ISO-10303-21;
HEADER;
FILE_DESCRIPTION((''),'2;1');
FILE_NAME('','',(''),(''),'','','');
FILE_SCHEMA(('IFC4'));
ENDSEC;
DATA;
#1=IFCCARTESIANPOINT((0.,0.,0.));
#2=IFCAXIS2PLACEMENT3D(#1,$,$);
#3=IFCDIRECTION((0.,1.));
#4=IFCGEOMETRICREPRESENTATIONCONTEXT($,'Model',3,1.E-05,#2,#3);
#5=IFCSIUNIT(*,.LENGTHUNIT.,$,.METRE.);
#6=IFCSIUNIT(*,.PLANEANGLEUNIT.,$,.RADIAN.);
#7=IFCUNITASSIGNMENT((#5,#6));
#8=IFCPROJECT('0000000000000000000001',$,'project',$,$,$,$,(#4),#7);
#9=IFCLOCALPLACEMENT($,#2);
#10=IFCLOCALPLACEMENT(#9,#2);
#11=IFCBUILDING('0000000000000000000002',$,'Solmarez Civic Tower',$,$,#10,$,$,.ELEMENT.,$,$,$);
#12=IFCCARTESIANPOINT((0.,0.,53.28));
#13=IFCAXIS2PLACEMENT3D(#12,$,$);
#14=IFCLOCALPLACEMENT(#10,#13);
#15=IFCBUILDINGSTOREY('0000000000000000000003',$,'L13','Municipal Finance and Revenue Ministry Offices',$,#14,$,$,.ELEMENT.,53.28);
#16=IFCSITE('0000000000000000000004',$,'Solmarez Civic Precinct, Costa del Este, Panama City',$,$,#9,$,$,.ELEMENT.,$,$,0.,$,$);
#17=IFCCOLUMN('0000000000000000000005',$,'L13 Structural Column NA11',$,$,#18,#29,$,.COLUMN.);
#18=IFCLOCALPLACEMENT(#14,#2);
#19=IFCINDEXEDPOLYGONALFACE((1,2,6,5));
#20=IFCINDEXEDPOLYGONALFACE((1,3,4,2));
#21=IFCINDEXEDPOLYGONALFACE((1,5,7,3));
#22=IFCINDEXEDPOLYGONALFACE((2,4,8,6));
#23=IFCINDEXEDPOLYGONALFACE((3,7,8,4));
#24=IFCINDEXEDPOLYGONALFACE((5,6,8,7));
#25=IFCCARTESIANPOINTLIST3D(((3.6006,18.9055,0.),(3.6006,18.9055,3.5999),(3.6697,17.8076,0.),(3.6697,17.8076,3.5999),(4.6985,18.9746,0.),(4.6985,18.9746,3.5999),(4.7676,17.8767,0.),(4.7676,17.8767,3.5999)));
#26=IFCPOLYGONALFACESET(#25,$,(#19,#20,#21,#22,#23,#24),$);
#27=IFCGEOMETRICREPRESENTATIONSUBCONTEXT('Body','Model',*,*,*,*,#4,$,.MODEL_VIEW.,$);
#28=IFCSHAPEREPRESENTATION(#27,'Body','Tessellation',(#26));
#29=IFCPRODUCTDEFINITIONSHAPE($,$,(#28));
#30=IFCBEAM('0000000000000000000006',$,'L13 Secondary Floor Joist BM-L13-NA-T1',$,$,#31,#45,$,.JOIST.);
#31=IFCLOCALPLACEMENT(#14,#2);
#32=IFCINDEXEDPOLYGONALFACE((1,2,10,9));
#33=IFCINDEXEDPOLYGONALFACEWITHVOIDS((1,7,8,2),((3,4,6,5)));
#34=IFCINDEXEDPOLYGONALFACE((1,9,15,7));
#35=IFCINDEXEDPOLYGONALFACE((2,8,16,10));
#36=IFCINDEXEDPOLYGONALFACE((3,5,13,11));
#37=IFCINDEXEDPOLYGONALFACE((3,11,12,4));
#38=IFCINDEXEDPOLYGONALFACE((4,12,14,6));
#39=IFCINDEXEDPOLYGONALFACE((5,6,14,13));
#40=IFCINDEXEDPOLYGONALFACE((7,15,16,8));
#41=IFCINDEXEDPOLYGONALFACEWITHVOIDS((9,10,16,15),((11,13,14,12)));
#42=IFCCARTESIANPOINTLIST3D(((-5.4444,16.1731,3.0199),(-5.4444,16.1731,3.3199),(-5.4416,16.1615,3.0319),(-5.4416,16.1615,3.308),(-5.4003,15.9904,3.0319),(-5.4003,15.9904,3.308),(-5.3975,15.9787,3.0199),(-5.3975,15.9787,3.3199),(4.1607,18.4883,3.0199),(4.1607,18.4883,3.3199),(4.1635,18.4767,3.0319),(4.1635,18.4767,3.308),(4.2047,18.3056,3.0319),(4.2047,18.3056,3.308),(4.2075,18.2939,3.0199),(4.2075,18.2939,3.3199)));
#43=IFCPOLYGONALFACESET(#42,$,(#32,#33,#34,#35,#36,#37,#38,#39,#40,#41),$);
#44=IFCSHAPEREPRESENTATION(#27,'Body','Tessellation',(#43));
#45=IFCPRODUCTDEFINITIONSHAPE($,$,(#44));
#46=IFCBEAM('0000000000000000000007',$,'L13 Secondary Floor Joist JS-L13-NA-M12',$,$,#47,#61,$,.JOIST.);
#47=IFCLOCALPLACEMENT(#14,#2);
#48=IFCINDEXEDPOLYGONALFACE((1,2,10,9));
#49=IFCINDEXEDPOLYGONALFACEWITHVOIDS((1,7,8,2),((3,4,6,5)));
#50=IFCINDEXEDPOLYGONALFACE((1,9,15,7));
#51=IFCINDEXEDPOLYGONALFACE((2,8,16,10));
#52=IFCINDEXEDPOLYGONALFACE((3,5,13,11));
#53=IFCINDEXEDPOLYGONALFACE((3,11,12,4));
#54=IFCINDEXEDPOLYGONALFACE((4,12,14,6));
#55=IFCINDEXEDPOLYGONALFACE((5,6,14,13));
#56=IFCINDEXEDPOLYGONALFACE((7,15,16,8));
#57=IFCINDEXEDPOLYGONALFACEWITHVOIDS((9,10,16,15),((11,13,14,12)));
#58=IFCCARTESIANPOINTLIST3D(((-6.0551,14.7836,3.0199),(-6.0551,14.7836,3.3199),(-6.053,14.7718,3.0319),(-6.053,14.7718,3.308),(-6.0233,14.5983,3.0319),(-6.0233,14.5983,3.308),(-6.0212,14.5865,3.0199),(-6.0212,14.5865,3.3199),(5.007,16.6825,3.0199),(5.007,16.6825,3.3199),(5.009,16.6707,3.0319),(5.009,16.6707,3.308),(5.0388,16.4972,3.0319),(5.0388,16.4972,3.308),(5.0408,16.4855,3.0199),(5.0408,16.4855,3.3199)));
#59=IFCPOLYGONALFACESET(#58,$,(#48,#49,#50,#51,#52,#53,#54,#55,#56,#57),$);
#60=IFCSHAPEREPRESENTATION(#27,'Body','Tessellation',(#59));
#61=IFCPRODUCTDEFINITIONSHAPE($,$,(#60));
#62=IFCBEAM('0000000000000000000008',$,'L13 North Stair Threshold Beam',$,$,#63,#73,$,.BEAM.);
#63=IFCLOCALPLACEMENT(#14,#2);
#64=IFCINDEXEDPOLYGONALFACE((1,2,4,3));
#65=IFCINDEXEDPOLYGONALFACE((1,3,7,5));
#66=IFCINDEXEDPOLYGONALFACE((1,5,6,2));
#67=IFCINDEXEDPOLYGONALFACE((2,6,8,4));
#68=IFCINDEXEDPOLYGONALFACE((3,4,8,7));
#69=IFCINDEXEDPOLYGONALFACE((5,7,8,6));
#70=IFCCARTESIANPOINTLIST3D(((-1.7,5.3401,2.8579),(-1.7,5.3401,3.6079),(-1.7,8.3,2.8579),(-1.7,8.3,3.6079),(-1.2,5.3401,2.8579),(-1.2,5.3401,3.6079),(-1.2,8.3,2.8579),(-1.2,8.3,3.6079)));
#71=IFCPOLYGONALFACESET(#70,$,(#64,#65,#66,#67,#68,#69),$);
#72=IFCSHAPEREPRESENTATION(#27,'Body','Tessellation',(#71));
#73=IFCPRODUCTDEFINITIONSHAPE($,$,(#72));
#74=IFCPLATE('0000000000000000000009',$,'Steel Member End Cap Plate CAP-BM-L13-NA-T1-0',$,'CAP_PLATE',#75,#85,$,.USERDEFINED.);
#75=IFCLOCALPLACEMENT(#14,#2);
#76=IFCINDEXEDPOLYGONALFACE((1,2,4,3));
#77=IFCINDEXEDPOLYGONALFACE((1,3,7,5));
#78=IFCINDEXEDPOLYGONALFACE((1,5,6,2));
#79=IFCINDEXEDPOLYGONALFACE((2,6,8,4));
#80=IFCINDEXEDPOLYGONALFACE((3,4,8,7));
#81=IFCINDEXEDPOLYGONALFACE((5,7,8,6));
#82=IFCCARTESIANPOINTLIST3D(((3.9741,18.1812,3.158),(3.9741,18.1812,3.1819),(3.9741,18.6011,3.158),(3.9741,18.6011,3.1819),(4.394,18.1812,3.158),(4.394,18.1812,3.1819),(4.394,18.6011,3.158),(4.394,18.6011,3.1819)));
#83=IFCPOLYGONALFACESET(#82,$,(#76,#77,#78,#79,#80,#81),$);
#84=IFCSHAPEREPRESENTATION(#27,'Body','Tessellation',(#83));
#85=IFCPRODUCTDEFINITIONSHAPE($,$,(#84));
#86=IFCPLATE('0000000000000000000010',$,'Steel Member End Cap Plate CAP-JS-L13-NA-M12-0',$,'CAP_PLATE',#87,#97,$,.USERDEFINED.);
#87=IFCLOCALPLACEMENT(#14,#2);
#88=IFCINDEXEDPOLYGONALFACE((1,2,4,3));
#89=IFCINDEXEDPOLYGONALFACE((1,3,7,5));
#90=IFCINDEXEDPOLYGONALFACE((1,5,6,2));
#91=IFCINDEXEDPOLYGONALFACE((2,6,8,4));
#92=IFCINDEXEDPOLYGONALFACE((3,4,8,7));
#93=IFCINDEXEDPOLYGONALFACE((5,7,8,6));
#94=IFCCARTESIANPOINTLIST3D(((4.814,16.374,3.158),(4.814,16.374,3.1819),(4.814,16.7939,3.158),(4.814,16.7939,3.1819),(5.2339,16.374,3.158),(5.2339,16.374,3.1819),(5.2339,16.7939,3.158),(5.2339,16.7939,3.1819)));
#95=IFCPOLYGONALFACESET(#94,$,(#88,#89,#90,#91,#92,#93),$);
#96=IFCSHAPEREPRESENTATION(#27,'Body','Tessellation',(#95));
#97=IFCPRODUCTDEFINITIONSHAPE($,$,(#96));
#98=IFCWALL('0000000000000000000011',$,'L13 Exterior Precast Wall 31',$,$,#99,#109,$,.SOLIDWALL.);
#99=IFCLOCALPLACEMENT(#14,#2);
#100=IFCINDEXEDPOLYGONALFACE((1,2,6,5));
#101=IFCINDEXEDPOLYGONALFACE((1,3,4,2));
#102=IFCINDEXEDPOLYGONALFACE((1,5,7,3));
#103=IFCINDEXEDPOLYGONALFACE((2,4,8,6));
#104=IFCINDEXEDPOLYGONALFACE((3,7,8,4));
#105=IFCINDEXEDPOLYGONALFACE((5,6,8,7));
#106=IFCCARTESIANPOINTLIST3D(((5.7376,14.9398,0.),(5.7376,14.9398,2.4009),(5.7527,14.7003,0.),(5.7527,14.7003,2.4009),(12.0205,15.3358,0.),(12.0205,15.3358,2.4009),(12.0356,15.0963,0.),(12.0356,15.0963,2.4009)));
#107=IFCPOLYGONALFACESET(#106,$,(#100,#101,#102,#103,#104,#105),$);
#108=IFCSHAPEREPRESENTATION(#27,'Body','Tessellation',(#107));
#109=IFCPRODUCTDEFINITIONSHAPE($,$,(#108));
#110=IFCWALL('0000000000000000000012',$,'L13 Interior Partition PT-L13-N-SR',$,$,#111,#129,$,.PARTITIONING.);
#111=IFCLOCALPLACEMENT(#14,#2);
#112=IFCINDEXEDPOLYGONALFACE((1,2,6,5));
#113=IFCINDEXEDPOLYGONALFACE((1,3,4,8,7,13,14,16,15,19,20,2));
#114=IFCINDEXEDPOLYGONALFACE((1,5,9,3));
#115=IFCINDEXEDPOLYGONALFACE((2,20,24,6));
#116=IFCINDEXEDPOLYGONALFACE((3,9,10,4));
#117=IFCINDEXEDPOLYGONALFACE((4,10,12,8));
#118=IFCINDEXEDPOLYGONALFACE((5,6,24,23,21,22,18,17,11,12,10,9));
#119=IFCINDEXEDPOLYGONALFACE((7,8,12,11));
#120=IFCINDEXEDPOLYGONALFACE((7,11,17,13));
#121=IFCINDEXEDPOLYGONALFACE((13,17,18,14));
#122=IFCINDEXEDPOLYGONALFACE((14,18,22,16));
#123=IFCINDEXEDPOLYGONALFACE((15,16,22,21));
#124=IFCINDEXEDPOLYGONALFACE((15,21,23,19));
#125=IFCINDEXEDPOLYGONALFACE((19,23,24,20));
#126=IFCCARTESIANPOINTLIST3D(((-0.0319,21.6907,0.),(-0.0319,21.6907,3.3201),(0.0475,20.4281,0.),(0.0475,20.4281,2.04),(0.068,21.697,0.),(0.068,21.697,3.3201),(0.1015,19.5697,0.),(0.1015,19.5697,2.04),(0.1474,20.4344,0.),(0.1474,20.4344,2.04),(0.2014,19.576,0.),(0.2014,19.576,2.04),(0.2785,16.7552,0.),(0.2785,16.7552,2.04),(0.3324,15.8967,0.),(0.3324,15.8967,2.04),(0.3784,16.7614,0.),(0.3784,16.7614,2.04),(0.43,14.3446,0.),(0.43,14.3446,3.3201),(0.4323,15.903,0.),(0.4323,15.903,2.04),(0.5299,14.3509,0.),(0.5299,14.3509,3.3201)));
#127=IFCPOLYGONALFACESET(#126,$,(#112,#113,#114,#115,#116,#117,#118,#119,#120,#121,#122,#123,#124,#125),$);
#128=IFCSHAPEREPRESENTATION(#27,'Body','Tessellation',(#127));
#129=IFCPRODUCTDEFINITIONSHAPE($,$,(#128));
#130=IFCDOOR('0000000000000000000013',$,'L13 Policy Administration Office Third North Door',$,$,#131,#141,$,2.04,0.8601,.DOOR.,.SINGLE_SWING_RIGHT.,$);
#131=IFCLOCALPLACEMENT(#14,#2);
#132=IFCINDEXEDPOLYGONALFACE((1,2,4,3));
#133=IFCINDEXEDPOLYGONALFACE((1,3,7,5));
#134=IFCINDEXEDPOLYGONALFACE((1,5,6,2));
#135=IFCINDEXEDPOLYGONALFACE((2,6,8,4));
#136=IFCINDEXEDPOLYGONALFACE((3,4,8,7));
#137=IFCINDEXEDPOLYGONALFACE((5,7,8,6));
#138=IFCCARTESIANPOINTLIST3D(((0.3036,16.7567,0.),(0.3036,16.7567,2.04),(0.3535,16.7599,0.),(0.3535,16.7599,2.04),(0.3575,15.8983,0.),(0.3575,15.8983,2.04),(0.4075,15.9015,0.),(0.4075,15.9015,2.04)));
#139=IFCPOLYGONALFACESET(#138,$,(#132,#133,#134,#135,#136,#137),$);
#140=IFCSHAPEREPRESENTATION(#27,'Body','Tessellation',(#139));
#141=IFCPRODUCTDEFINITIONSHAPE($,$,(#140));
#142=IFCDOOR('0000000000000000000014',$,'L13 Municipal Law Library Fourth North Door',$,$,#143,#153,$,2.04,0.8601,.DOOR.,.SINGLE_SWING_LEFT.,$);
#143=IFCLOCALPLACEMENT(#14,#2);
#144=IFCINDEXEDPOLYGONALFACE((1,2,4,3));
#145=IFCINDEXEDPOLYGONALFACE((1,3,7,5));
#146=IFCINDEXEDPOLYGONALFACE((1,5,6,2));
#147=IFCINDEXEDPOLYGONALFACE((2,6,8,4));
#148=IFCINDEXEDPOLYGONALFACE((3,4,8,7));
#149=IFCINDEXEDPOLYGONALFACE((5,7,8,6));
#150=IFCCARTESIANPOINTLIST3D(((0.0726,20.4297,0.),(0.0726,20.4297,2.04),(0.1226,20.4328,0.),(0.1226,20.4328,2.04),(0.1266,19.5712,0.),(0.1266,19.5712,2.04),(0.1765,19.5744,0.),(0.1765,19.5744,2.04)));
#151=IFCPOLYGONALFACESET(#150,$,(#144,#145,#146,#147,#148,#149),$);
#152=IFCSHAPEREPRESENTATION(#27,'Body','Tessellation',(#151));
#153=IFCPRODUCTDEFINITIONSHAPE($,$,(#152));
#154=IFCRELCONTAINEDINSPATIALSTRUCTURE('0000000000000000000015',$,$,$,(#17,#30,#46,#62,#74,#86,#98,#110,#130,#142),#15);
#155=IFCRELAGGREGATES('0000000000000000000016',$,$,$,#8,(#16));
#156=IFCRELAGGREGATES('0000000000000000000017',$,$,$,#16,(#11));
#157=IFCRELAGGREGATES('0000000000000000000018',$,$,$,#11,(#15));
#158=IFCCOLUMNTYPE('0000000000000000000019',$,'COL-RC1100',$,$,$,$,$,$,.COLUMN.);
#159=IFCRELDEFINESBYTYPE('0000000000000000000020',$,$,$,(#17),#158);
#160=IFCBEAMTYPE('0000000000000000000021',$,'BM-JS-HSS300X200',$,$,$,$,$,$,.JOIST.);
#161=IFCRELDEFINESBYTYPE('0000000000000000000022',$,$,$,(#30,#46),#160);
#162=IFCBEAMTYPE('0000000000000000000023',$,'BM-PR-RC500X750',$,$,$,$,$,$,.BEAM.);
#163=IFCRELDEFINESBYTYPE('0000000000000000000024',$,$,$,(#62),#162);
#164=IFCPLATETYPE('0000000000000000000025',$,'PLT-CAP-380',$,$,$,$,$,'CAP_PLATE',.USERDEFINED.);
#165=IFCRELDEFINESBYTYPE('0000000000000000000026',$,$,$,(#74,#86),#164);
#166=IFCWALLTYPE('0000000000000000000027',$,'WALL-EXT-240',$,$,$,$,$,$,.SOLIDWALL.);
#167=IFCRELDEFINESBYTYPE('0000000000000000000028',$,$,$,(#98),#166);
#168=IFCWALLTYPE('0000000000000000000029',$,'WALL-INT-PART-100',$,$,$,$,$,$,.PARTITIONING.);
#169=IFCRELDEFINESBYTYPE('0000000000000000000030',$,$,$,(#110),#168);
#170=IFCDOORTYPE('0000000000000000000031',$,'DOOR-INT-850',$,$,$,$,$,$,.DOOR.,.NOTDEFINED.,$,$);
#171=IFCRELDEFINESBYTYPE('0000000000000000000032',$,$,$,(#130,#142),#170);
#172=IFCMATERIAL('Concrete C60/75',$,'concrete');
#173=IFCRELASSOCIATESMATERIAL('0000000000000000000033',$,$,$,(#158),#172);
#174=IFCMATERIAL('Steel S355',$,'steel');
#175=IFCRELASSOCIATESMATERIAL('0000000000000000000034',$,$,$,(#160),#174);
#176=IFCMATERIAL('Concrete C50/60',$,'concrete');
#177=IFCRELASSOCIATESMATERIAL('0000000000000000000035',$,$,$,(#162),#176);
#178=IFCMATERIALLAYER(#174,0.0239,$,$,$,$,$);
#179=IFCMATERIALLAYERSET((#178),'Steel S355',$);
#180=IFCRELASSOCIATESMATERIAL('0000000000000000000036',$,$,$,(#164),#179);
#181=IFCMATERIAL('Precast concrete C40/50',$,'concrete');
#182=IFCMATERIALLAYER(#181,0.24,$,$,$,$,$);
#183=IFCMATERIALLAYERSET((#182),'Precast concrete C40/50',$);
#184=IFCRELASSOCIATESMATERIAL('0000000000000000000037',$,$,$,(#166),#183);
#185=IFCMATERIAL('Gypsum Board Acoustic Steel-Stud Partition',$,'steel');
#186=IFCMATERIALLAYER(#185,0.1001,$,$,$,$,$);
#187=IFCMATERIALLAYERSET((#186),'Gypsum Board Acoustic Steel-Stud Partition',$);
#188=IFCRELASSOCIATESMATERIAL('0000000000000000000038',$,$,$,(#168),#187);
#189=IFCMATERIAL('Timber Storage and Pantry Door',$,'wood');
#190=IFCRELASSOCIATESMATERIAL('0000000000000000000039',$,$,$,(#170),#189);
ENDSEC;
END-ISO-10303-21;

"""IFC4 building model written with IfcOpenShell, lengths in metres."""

from ifc_helpers import new_model, si_unit, direction, frame, frame_2d, origin, origin_2d, place, context, subcontext, project, spatial, rectangle, hollow_rectangle, extrude, material, layer, layer_set, material_profile, profile_set, type_object, element, fill, save


model = new_model("IFC4")

# Units and contexts
model_context = context("Model", 3, precision=1e-05, world=origin(), true_north=direction((0.0, 1.0)))
body_context = subcontext(model_context, "Body", "Model", "MODEL_VIEW")
ifc_project = project(units=[si_unit("LENGTHUNIT", "METRE"), si_unit("PLANEANGLEUNIT", "RADIAN")], contexts=[model_context])

# Site, building, storey
site_placement = place(None, origin())
site = spatial("IfcSite", under=ifc_project, at=site_placement, Name="Solmarez Civic Precinct, Costa del Este, Panama City", CompositionType="ELEMENT", RefElevation=0.0)
building_placement = place(site_placement, origin())
building = spatial("IfcBuilding", under=site, at=building_placement, Name="Solmarez Civic Tower", CompositionType="ELEMENT")
storey_placement = place(building_placement, frame((0.0, 0.0, 53.28)))
storey = spatial("IfcBuildingStorey", under=building, at=storey_placement, Name="L13", Description="Municipal Finance and Revenue Ministry Offices", CompositionType="ELEMENT", Elevation=53.28)

# Column
ifc_material_1 = material(Name="Concrete C60/75", Category="concrete")
ifc_material_profile_1 = material_profile(ifc_material_1, rectangle(XDim=1.1001, YDim=1.1001, at=origin_2d()), Name="RC1100X1100")
ifc_profile_set_1 = profile_set([ifc_material_profile_1], Name="Concrete C60/75")
column_type = type_object("IfcColumnType", Name="COL-RC1100", PredefinedType="COLUMN", material=ifc_profile_set_1)
column_placement = place(storey_placement, frame((4.1841, 18.3911, 0.0), z_axis=(0.0, 0.0, 1.0), x_axis=(0.998027, 0.062791, 0.0)))
element("IfcColumn", 1, at=column_placement, inside=storey, type_object=column_type, Name="L13 Structural Column NA11", PredefinedType="COLUMN", context=body_context, shape_type="SweptSolid", body=[
    extrude(rectangle(XDim=1.1001, YDim=1.1001, at=origin_2d()), origin(), (0.0, 0.0, 1.0), 3.5999),
])

# Beams
ifc_material_2 = material(Name="Steel S355", Category="steel")
ifc_material_profile_2 = material_profile(ifc_material_2, hollow_rectangle(XDim=0.2, YDim=0.3, WallThickness=0.012, at=origin_2d()), Name="HSS300X200X12")
ifc_profile_set_2 = profile_set([ifc_material_profile_2], Name="Steel S355")
beam_type_1 = type_object("IfcBeamType", Name="BM-JS-HSS300X200", PredefinedType="JOIST", material=ifc_profile_set_2)
beam_1_placement = place(storey_placement, frame((4.1841, 18.3911, 3.1699), z_axis=(-0.972157, -0.234329, 0.0), x_axis=(0.234329, -0.972157, 0.0)))
element("IfcBeam", 2, at=beam_1_placement, inside=storey, type_object=beam_type_1, Name="L13 Secondary Floor Joist BM-L13-NA-T1", PredefinedType="JOIST", context=body_context, shape_type="SweptSolid", body=[
    extrude(hollow_rectangle(XDim=0.2, YDim=0.3, WallThickness=0.012, at=origin_2d()), origin(), (0.0, 0.0, 1.0), 9.8801),
])
beam_2_placement = place(storey_placement, frame((5.0239, 16.584, 3.1699), z_axis=(-0.985584, -0.169187, 0.0), x_axis=(0.169187, -0.985584, 0.0)))
element("IfcBeam", 3, at=beam_2_placement, inside=storey, type_object=beam_type_1, Name="L13 Secondary Floor Joist JS-L13-NA-M12", PredefinedType="JOIST", context=body_context, shape_type="SweptSolid", body=[
    extrude(hollow_rectangle(XDim=0.2, YDim=0.3, WallThickness=0.012, at=origin_2d()), origin(), (0.0, 0.0, 1.0), 11.2239),
])
ifc_material_3 = material(Name="Concrete C50/60", Category="concrete")
ifc_material_profile_3 = material_profile(ifc_material_3, rectangle(XDim=0.5, YDim=0.75, at=origin_2d()), Name="RC500X750")
ifc_profile_set_3 = profile_set([ifc_material_profile_3], Name="Concrete C50/60")
beam_type_2 = type_object("IfcBeamType", Name="BM-PR-RC500X750", PredefinedType="BEAM", material=ifc_profile_set_3)
beam_3_placement = place(storey_placement, frame((-1.45, 5.3401, 3.2329), z_axis=(0.0, 1.0, 0.0), x_axis=(-1.0, 0.0, 0.0)))
element("IfcBeam", 4, at=beam_3_placement, inside=storey, type_object=beam_type_2, Name="L13 North Stair Threshold Beam", PredefinedType="BEAM", context=body_context, shape_type="SweptSolid", body=[
    extrude(rectangle(XDim=0.5, YDim=0.75, at=origin_2d()), origin(), (0.0, 0.0, 1.0), 2.96),
])

# Plates
ifc_layer_1 = layer(ifc_material_2, 0.0239)
ifc_layer_set_1 = layer_set([ifc_layer_1], Name="Steel S355")
plate_type = type_object("IfcPlateType", Name="PLT-CAP-380", ElementType="CAP_PLATE", PredefinedType="USERDEFINED", material=ifc_layer_set_1)
for number, where, z_axis, x_axis, name in (
    (5, (4.1841, 18.3911, 3.158), (0.0, 0.0, 1.0), (1.0, 0.0, 0.0), "Steel Member End Cap Plate CAP-BM-L13-NA-T1-0"),
    (6, (5.0239, 16.584, 3.158), (0.0, 0.0, 1.0), (1.0, 0.0, 0.0), "Steel Member End Cap Plate CAP-JS-L13-NA-M12-0"),
):
    element("IfcPlate", number, at=place(storey_placement, frame(where, z_axis=z_axis, x_axis=x_axis)), inside=storey, type_object=plate_type, Name=name, ObjectType="CAP_PLATE", PredefinedType="USERDEFINED", context=body_context, shape_type="SweptSolid", body=[
        extrude(rectangle(XDim=0.4199, YDim=0.4199, at=origin_2d()), origin(), (0.0, 0.0, 1.0), 0.0239),
    ])

# Wall
ifc_material_4 = material(Name="Precast concrete C40/50", Category="concrete")
ifc_layer_2 = layer(ifc_material_4, 0.24)
ifc_layer_set_2 = layer_set([ifc_layer_2], Name="Precast concrete C40/50")
wall_type_1 = type_object("IfcWallType", Name="WALL-EXT-240", PredefinedType="SOLIDWALL", material=ifc_layer_set_2)
wall_1_placement = place(storey_placement, frame((5.7451, 14.8201, 0.0), z_axis=(0.0, 0.0, 1.0), x_axis=(0.99802, 0.062902, 0.0)))
element("IfcWall", 7, at=wall_1_placement, inside=storey, type_object=wall_type_1, Name="L13 Exterior Precast Wall 31", PredefinedType="SOLIDWALL", context=body_context, shape_type="SweptSolid", body=[
    extrude(rectangle(XDim=6.2954, YDim=0.24, at=frame_2d((3.1477, 0.0))), origin(), (0.0, 0.0, 1.0), 2.4009),
])

# Wall, openings, doors
ifc_material_5 = material(Name="Gypsum Board Acoustic Steel-Stud Partition", Category="steel")
ifc_layer_3 = layer(ifc_material_5, 0.1001)
ifc_layer_set_3 = layer_set([ifc_layer_3], Name="Gypsum Board Acoustic Steel-Stud Partition")
wall_type_2 = type_object("IfcWallType", Name="WALL-INT-PART-100", PredefinedType="PARTITIONING", material=ifc_layer_set_3)
wall_2_placement = place(storey_placement, frame((0.48, 14.3479, 0.0), z_axis=(0.0, 0.0, 1.0), x_axis=(-0.062754, 0.998029, 0.0)))
wall_2 = element("IfcWall", 8, at=wall_2_placement, inside=storey, type_object=wall_type_2, Name="L13 Interior Partition PT-L13-N-SR", PredefinedType="PARTITIONING", context=body_context, shape_type="SweptSolid", body=[
    extrude(rectangle(XDim=7.3606, YDim=0.1001, at=frame_2d((3.6802, 0.0))), origin(), (0.0, 0.0, 1.0), 3.3201),
])
opening_1_placement = place(wall_2_placement, frame((1.5549, 0.0, 0.0)))
opening_1 = element("IfcOpeningElement", 9, at=opening_1_placement, cuts=wall_2, PredefinedType="OPENING", context=body_context, shape_type="SweptSolid", body=[
    extrude(rectangle(XDim=0.8601, YDim=2.04, at=frame_2d((0.4302, 1.02))), frame((0.0, 0.0601, 0.0), z_axis=(0.0, -1.0, 0.0), x_axis=(1.0, 0.0, 0.0)), (0.0, 0.0, 1.0), 0.1201),
])
opening_2_placement = place(wall_2_placement, frame((5.2351, 0.0, 0.0)))
opening_2 = element("IfcOpeningElement", 10, at=opening_2_placement, cuts=wall_2, PredefinedType="OPENING", context=body_context, shape_type="SweptSolid", body=[
    extrude(rectangle(XDim=0.8601, YDim=2.04, at=frame_2d((0.4302, 1.02))), frame((0.0, 0.0601, 0.0), z_axis=(0.0, -1.0, 0.0), x_axis=(1.0, 0.0, 0.0)), (0.0, 0.0, 1.0), 0.1201),
])
ifc_material_6 = material(Name="Timber Storage and Pantry Door", Category="wood")
door_type_1 = type_object("IfcDoorType", Name="DOOR-INT-850", OperationType="NOTDEFINED", PredefinedType="DOOR", material=ifc_material_6)
door_1_placement = place(opening_1_placement, origin())
door_1 = element("IfcDoor", 11, at=door_1_placement, inside=storey, type_object=door_type_1, Name="L13 Policy Administration Office Third North Door", OperationType="SINGLE_SWING_RIGHT", OverallHeight=2.04, OverallWidth=0.8601, PredefinedType="DOOR", context=body_context, shape_type="SweptSolid", body=[
    extrude(rectangle(XDim=0.8601, YDim=2.04, at=frame_2d((0.4302, 1.02))), frame((0.0, 0.0249, 0.0), z_axis=(0.0, -1.0, 0.0), x_axis=(1.0, 0.0, 0.0)), (0.0, 0.0, 1.0), 0.05),
])
fill(opening_1, door_1)
door_2_placement = place(opening_2_placement, origin())
door_2 = element("IfcDoor", 12, at=door_2_placement, inside=storey, type_object=door_type_1, Name="L13 Municipal Law Library Fourth North Door", OperationType="SINGLE_SWING_LEFT", OverallHeight=2.04, OverallWidth=0.8601, PredefinedType="DOOR", context=body_context, shape_type="SweptSolid", body=[
    extrude(rectangle(XDim=0.8601, YDim=2.04, at=frame_2d((0.4302, 1.02))), frame((0.0, 0.0249, 0.0), z_axis=(0.0, -1.0, 0.0), x_axis=(1.0, 0.0, 0.0)), (0.0, 0.0, 1.0), 0.05),
])
fill(opening_2, door_2)

save(model, "model.ifc")
